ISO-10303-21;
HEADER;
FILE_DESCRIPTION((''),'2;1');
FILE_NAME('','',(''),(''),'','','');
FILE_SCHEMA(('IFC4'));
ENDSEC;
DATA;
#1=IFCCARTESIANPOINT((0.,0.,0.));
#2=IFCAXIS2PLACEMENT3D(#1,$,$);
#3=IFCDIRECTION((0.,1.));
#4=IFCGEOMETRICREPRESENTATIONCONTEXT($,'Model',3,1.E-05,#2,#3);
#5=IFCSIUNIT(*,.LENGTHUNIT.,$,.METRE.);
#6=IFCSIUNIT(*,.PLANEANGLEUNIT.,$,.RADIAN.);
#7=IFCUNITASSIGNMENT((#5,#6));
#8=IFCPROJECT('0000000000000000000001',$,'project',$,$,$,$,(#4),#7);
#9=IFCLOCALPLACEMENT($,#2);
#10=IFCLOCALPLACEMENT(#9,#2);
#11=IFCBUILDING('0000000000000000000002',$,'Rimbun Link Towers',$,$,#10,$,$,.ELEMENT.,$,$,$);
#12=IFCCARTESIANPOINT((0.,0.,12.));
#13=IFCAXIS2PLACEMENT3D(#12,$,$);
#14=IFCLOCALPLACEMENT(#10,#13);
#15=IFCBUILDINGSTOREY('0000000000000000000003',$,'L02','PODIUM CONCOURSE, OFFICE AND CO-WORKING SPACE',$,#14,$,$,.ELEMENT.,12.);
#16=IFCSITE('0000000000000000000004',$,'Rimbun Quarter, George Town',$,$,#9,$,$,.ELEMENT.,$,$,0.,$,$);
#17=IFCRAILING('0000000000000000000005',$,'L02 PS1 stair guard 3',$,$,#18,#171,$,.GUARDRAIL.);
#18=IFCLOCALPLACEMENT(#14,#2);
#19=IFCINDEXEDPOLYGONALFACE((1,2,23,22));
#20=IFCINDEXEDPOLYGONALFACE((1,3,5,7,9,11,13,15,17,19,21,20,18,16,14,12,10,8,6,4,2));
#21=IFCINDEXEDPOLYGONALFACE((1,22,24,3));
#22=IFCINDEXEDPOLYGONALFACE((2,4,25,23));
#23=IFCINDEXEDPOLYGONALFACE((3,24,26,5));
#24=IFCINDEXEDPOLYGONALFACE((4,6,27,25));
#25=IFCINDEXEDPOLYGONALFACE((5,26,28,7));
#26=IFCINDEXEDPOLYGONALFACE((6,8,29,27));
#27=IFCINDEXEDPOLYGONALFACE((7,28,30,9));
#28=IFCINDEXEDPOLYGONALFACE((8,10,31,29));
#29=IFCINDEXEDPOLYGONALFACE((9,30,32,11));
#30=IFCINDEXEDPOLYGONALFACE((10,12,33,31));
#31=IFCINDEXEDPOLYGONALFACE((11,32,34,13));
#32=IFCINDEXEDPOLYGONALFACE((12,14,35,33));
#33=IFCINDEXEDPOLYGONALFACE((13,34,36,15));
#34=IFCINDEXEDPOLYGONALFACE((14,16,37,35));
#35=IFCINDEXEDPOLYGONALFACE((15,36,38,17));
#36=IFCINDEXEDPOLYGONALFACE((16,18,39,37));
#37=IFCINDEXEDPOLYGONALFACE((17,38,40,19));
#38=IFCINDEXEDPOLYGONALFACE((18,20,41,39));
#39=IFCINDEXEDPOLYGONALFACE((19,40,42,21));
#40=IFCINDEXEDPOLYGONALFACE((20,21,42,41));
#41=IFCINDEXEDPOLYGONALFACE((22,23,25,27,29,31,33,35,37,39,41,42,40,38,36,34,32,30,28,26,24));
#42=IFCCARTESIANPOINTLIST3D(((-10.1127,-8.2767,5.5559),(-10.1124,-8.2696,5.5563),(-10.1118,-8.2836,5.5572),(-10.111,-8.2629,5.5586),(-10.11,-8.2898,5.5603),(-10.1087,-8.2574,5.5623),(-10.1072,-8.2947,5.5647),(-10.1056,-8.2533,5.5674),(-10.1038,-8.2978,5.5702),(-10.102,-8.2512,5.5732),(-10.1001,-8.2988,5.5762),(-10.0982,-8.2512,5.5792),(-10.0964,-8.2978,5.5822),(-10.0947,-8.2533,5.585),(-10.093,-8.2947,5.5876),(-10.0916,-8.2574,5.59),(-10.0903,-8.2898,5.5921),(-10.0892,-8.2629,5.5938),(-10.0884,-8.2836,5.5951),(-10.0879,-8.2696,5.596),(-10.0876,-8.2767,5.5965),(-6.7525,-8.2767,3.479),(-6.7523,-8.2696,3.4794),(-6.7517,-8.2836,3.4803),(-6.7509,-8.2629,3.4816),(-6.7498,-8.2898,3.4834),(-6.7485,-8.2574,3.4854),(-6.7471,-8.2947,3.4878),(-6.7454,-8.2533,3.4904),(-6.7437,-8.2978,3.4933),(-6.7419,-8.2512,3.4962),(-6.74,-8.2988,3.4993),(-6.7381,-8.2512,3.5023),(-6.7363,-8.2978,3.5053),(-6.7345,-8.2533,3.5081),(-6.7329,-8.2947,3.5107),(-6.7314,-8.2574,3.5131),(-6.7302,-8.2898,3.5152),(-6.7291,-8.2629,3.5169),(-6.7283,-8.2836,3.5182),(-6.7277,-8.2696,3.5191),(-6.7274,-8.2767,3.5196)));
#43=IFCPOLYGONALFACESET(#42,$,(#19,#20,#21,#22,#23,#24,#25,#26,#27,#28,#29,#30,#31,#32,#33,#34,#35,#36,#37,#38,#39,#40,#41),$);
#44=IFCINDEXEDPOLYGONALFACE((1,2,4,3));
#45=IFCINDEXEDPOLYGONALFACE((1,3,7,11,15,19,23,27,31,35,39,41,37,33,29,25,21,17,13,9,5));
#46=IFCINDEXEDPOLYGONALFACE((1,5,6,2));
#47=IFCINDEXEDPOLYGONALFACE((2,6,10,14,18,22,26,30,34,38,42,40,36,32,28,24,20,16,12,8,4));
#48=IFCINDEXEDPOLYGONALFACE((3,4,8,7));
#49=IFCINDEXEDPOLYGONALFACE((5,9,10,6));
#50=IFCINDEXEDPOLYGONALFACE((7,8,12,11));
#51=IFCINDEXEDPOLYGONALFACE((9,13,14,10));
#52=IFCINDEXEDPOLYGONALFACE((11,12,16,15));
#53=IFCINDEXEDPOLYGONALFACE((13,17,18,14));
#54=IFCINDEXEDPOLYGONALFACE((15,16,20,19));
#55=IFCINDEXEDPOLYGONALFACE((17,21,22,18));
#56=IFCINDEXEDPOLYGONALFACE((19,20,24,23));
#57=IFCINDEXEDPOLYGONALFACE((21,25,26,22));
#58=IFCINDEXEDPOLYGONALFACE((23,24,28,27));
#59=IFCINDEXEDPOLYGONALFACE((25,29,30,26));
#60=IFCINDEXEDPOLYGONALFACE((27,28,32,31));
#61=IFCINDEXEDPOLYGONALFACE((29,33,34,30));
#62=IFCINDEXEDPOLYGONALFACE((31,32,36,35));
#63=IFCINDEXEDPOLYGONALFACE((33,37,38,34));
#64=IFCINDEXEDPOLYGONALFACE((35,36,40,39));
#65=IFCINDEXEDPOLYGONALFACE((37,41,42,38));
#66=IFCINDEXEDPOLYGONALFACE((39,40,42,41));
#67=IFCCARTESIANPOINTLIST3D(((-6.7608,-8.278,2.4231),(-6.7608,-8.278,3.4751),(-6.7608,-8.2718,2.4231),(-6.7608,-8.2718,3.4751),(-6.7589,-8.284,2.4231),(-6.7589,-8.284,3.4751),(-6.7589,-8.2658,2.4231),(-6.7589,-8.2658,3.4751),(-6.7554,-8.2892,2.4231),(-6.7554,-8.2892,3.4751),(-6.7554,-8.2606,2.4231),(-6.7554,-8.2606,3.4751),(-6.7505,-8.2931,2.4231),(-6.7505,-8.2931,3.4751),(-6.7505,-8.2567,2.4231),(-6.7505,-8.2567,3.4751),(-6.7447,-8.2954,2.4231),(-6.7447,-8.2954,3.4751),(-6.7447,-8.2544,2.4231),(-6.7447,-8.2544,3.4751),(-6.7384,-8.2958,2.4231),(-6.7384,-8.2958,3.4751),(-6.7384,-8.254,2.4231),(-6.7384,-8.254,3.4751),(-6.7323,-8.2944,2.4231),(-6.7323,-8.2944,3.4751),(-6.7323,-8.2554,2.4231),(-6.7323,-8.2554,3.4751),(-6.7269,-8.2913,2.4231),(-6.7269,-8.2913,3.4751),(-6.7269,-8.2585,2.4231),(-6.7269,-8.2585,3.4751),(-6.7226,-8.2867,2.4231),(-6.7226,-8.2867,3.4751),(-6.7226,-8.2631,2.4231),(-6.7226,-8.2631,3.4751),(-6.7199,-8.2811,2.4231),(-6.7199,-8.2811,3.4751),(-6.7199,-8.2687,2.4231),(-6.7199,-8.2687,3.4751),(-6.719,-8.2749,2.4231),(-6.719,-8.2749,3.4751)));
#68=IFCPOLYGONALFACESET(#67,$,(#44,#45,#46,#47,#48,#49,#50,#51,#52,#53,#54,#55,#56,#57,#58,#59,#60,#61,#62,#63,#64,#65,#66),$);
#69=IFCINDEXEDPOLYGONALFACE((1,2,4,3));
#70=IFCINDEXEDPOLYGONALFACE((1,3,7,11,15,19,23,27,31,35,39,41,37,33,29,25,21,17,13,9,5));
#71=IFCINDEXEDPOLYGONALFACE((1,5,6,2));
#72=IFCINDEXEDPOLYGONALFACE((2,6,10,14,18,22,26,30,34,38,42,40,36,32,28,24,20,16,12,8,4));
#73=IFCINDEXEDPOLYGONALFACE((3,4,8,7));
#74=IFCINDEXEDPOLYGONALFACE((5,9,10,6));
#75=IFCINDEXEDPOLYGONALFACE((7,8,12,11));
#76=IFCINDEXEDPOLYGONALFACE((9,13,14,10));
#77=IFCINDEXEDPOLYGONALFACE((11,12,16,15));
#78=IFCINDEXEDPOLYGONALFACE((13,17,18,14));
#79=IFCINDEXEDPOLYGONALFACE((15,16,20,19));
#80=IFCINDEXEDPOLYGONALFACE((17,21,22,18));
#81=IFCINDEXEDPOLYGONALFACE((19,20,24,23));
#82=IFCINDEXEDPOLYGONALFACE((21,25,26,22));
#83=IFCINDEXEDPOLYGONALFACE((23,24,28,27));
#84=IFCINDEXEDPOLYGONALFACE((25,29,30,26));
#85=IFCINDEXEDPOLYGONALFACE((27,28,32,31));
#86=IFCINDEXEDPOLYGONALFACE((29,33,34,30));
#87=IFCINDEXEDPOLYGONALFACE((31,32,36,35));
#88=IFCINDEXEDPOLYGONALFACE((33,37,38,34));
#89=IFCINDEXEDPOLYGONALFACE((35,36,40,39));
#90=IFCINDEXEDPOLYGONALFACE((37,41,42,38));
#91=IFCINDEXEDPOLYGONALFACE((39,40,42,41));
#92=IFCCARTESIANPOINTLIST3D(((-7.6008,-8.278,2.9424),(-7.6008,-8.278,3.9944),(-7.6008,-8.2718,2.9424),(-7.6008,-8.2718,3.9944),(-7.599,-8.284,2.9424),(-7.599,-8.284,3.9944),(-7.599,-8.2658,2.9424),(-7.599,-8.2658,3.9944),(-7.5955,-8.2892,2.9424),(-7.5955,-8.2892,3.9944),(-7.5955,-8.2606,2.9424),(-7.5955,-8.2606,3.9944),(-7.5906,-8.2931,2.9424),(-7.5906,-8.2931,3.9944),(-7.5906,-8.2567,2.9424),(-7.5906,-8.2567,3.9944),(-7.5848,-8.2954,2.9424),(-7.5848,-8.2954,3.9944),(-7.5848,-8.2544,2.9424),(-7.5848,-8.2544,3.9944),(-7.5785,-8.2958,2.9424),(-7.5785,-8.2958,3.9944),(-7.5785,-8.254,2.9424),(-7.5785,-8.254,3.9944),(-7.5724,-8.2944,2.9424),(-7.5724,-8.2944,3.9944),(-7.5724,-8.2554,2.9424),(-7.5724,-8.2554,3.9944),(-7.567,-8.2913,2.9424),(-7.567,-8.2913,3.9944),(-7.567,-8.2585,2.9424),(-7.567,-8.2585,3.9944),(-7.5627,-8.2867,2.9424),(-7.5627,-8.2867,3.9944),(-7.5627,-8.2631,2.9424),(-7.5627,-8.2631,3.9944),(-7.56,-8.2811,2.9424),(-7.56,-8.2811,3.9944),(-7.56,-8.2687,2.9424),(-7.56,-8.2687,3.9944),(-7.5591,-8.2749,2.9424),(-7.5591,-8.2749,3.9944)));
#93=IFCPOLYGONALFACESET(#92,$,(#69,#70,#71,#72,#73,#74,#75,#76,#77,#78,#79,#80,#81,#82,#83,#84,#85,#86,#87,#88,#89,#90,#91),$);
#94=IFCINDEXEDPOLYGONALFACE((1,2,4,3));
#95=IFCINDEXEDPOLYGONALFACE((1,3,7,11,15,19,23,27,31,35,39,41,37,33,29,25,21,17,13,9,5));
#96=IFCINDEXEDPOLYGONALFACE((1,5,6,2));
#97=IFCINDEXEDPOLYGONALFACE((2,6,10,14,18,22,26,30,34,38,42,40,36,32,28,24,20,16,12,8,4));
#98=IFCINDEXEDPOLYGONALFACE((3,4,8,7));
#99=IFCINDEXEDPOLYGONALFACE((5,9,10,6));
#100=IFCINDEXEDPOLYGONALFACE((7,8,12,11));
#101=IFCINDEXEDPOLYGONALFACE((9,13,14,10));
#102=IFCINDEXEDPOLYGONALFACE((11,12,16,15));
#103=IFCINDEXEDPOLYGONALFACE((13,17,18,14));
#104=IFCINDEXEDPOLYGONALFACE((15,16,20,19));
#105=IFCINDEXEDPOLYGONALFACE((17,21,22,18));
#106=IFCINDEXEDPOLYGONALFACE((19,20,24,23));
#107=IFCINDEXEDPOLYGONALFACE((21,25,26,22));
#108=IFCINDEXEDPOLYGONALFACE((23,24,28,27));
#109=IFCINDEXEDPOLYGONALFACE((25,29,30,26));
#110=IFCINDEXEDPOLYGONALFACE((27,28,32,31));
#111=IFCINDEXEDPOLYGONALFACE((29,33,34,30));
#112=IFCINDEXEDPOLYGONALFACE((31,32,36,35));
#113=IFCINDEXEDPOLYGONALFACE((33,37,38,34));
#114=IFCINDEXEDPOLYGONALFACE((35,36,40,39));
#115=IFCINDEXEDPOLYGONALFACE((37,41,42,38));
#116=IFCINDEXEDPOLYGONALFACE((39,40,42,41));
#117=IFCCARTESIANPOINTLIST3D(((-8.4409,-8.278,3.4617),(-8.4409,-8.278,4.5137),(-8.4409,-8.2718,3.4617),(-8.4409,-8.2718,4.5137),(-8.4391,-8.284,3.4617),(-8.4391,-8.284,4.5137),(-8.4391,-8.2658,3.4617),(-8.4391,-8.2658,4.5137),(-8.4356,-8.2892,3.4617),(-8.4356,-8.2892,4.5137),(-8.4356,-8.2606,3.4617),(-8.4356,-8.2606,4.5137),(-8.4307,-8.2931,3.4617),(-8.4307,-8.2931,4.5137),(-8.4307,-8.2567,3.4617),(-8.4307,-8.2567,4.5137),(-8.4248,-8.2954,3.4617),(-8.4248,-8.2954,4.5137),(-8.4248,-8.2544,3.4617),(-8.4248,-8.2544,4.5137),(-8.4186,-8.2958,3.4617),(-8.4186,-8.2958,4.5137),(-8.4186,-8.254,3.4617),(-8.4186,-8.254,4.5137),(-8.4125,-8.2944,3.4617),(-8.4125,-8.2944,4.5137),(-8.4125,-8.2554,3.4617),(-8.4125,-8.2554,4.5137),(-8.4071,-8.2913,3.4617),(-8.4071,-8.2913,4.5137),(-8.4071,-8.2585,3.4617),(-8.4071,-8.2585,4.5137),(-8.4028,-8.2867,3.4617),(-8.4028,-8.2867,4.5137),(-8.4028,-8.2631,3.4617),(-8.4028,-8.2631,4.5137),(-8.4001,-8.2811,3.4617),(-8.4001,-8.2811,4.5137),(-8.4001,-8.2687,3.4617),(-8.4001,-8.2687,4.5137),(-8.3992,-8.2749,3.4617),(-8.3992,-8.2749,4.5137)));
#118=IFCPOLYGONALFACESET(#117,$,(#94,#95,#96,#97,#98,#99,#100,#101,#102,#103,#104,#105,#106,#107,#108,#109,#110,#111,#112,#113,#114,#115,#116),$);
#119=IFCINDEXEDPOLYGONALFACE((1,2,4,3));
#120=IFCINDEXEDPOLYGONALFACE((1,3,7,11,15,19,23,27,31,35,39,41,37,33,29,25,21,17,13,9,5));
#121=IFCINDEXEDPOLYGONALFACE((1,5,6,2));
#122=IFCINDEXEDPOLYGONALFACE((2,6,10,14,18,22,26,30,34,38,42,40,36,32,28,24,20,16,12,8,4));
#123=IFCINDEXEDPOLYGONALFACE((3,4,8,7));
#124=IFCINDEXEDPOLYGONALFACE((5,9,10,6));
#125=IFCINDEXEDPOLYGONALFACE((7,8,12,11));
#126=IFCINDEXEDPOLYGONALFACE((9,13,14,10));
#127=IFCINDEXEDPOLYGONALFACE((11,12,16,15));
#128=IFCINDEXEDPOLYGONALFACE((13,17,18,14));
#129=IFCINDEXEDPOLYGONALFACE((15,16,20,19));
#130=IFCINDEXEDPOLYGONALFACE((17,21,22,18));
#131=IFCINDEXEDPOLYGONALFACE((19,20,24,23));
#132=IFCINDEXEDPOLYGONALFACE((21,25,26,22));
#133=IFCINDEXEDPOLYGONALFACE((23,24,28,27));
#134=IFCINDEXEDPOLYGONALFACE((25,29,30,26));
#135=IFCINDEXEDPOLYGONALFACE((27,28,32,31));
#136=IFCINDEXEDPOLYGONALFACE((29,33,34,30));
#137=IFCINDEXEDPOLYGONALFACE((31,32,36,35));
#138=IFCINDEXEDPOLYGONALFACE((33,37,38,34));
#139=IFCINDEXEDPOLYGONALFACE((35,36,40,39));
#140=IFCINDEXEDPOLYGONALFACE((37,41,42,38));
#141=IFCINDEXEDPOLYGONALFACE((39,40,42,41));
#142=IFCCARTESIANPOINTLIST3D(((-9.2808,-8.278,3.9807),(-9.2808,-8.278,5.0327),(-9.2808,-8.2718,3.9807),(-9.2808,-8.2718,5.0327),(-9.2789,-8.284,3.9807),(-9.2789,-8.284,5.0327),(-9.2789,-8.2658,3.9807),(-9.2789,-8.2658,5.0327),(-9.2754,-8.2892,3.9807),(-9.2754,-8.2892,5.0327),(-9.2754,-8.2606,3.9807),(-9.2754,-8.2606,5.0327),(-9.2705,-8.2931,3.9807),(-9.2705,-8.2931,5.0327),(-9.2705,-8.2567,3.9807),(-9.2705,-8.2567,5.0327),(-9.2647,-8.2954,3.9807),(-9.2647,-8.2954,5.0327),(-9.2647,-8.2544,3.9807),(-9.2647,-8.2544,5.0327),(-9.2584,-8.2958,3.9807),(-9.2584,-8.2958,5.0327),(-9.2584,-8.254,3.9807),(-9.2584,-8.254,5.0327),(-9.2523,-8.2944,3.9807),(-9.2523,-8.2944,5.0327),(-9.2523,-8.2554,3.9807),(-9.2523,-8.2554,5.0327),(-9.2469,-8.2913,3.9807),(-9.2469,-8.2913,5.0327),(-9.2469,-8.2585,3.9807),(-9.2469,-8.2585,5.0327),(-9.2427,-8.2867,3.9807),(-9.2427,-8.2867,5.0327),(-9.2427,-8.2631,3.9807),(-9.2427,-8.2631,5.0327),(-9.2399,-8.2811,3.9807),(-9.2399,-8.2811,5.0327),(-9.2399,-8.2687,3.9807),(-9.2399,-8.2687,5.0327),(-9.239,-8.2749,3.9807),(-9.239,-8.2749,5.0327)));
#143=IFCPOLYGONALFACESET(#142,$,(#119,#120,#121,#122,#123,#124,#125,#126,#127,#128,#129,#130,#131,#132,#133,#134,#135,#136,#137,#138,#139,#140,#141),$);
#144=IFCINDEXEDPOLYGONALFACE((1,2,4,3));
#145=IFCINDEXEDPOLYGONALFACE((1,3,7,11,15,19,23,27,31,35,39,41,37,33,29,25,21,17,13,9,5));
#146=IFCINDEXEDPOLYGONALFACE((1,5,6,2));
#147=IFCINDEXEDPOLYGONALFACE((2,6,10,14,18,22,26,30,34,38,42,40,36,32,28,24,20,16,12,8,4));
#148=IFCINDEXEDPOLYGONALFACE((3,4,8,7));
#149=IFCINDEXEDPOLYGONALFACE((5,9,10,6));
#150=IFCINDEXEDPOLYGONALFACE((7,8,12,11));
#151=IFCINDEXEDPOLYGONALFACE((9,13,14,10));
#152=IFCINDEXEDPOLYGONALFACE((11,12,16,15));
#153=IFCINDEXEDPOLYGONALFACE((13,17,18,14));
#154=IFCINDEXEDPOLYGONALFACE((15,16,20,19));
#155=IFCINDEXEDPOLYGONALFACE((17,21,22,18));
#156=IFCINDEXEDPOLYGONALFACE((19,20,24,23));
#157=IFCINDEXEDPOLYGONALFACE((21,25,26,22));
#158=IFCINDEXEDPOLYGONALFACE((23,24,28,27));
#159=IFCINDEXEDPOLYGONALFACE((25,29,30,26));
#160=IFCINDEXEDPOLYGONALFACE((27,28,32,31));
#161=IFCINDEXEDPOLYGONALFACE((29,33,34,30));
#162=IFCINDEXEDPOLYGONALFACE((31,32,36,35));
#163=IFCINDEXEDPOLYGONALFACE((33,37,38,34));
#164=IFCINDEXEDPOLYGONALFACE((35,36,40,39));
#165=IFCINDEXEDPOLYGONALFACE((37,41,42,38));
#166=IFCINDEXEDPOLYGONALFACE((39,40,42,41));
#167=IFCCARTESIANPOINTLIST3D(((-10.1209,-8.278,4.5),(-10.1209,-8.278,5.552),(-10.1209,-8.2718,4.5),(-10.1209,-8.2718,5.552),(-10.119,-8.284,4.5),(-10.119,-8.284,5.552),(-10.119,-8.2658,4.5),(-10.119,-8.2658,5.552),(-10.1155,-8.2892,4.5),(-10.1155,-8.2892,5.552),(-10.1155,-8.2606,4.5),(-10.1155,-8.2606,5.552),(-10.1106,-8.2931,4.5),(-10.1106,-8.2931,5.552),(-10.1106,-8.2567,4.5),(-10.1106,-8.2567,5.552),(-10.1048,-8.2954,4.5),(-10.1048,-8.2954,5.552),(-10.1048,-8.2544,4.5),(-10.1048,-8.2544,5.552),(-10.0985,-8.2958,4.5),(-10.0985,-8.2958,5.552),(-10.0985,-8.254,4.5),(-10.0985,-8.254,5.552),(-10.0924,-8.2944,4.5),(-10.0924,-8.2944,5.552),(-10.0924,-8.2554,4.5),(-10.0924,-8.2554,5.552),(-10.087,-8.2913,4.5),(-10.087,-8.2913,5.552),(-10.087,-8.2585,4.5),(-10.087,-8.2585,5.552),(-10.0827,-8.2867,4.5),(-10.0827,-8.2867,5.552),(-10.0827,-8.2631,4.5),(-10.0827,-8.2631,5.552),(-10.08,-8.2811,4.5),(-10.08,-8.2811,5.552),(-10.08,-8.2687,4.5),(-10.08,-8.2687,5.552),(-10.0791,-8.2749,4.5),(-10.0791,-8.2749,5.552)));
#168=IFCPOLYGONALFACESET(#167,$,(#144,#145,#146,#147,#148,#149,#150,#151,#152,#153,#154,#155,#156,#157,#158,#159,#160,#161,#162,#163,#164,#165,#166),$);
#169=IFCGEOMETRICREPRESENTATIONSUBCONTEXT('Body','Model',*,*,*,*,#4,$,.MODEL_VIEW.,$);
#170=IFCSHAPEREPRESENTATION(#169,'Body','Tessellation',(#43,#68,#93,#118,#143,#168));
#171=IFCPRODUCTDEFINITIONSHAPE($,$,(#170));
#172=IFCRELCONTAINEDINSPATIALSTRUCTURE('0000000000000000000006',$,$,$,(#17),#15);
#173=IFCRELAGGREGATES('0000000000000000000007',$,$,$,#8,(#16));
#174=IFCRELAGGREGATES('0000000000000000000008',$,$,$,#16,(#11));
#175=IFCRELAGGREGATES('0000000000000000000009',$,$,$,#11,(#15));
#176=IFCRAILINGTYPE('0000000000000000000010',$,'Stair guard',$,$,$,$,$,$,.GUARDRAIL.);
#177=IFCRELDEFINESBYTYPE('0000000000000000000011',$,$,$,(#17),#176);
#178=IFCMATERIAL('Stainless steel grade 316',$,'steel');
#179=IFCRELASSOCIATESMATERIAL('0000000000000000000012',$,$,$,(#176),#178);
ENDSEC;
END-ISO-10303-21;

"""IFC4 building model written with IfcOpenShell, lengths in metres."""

from ifc_helpers import new_model, si_unit, direction, frame, origin, origin_2d, place, context, subcontext, project, spatial, circle, extrude, material, type_object, element, save


model = new_model("IFC4")

# Units and contexts
model_context = context("Model", 3, precision=1e-05, world=origin(), true_north=direction((0.0, 1.0)))
body_context = subcontext(model_context, "Body", "Model", "MODEL_VIEW")
ifc_project = project(units=[si_unit("LENGTHUNIT", "METRE"), si_unit("PLANEANGLEUNIT", "RADIAN")], contexts=[model_context])

# Site, building, storey
site_placement = place(None, origin())
site = spatial("IfcSite", under=ifc_project, at=site_placement, Name="Rimbun Quarter, George Town", CompositionType="ELEMENT", RefElevation=0.0)
building_placement = place(site_placement, origin())
building = spatial("IfcBuilding", under=site, at=building_placement, Name="Rimbun Link Towers", CompositionType="ELEMENT")
storey_placement = place(building_placement, frame((0.0, 0.0, 12.0)))
storey = spatial("IfcBuildingStorey", under=building, at=storey_placement, Name="L02", Description="PODIUM CONCOURSE, OFFICE AND CO-WORKING SPACE", CompositionType="ELEMENT", Elevation=12.0)

# Railing
ifc_material_1 = material(Name="Stainless steel grade 316", Category="steel")
railing_type_1 = type_object("IfcRailingType", Name="Stair guard", PredefinedType="GUARDRAIL", material=ifc_material_1)
railing_1_placement = place(storey_placement, frame((-6.74, -8.2749, 2.4231)))
element("IfcRailing", 1, at=railing_1_placement, inside=storey, type_object=railing_type_1, Name="L02 PS1 stair guard 3", PredefinedType="GUARDRAIL", context=body_context, shape_type="SweptSolid", body=[
    extrude(circle(Radius=0.0239, at=origin_2d()), frame((0.0, 0.0, 1.0762), z_axis=(-0.850623, 0.0, 0.525776), x_axis=(0.0, -1.0, 0.0)), (0.0, 0.0, 1.0), 3.9502),
    extrude(circle(Radius=0.021, at=origin_2d()), origin(), (0.0, 0.0, 1.0), 1.052),
    extrude(circle(Radius=0.021, at=origin_2d()), frame((-0.8401, 0.0, 0.5193)), (0.0, 0.0, 1.0), 1.052),
    extrude(circle(Radius=0.021, at=origin_2d()), frame((-1.6802, 0.0, 1.0386)), (0.0, 0.0, 1.0), 1.052),
    extrude(circle(Radius=0.021, at=origin_2d()), frame((-2.52, 0.0, 1.5576)), (0.0, 0.0, 1.0), 1.052),
    extrude(circle(Radius=0.021, at=origin_2d()), frame((-3.3601, 0.0, 2.0769)), (0.0, 0.0, 1.0), 1.052),
])

save(model, "model.ifc")
